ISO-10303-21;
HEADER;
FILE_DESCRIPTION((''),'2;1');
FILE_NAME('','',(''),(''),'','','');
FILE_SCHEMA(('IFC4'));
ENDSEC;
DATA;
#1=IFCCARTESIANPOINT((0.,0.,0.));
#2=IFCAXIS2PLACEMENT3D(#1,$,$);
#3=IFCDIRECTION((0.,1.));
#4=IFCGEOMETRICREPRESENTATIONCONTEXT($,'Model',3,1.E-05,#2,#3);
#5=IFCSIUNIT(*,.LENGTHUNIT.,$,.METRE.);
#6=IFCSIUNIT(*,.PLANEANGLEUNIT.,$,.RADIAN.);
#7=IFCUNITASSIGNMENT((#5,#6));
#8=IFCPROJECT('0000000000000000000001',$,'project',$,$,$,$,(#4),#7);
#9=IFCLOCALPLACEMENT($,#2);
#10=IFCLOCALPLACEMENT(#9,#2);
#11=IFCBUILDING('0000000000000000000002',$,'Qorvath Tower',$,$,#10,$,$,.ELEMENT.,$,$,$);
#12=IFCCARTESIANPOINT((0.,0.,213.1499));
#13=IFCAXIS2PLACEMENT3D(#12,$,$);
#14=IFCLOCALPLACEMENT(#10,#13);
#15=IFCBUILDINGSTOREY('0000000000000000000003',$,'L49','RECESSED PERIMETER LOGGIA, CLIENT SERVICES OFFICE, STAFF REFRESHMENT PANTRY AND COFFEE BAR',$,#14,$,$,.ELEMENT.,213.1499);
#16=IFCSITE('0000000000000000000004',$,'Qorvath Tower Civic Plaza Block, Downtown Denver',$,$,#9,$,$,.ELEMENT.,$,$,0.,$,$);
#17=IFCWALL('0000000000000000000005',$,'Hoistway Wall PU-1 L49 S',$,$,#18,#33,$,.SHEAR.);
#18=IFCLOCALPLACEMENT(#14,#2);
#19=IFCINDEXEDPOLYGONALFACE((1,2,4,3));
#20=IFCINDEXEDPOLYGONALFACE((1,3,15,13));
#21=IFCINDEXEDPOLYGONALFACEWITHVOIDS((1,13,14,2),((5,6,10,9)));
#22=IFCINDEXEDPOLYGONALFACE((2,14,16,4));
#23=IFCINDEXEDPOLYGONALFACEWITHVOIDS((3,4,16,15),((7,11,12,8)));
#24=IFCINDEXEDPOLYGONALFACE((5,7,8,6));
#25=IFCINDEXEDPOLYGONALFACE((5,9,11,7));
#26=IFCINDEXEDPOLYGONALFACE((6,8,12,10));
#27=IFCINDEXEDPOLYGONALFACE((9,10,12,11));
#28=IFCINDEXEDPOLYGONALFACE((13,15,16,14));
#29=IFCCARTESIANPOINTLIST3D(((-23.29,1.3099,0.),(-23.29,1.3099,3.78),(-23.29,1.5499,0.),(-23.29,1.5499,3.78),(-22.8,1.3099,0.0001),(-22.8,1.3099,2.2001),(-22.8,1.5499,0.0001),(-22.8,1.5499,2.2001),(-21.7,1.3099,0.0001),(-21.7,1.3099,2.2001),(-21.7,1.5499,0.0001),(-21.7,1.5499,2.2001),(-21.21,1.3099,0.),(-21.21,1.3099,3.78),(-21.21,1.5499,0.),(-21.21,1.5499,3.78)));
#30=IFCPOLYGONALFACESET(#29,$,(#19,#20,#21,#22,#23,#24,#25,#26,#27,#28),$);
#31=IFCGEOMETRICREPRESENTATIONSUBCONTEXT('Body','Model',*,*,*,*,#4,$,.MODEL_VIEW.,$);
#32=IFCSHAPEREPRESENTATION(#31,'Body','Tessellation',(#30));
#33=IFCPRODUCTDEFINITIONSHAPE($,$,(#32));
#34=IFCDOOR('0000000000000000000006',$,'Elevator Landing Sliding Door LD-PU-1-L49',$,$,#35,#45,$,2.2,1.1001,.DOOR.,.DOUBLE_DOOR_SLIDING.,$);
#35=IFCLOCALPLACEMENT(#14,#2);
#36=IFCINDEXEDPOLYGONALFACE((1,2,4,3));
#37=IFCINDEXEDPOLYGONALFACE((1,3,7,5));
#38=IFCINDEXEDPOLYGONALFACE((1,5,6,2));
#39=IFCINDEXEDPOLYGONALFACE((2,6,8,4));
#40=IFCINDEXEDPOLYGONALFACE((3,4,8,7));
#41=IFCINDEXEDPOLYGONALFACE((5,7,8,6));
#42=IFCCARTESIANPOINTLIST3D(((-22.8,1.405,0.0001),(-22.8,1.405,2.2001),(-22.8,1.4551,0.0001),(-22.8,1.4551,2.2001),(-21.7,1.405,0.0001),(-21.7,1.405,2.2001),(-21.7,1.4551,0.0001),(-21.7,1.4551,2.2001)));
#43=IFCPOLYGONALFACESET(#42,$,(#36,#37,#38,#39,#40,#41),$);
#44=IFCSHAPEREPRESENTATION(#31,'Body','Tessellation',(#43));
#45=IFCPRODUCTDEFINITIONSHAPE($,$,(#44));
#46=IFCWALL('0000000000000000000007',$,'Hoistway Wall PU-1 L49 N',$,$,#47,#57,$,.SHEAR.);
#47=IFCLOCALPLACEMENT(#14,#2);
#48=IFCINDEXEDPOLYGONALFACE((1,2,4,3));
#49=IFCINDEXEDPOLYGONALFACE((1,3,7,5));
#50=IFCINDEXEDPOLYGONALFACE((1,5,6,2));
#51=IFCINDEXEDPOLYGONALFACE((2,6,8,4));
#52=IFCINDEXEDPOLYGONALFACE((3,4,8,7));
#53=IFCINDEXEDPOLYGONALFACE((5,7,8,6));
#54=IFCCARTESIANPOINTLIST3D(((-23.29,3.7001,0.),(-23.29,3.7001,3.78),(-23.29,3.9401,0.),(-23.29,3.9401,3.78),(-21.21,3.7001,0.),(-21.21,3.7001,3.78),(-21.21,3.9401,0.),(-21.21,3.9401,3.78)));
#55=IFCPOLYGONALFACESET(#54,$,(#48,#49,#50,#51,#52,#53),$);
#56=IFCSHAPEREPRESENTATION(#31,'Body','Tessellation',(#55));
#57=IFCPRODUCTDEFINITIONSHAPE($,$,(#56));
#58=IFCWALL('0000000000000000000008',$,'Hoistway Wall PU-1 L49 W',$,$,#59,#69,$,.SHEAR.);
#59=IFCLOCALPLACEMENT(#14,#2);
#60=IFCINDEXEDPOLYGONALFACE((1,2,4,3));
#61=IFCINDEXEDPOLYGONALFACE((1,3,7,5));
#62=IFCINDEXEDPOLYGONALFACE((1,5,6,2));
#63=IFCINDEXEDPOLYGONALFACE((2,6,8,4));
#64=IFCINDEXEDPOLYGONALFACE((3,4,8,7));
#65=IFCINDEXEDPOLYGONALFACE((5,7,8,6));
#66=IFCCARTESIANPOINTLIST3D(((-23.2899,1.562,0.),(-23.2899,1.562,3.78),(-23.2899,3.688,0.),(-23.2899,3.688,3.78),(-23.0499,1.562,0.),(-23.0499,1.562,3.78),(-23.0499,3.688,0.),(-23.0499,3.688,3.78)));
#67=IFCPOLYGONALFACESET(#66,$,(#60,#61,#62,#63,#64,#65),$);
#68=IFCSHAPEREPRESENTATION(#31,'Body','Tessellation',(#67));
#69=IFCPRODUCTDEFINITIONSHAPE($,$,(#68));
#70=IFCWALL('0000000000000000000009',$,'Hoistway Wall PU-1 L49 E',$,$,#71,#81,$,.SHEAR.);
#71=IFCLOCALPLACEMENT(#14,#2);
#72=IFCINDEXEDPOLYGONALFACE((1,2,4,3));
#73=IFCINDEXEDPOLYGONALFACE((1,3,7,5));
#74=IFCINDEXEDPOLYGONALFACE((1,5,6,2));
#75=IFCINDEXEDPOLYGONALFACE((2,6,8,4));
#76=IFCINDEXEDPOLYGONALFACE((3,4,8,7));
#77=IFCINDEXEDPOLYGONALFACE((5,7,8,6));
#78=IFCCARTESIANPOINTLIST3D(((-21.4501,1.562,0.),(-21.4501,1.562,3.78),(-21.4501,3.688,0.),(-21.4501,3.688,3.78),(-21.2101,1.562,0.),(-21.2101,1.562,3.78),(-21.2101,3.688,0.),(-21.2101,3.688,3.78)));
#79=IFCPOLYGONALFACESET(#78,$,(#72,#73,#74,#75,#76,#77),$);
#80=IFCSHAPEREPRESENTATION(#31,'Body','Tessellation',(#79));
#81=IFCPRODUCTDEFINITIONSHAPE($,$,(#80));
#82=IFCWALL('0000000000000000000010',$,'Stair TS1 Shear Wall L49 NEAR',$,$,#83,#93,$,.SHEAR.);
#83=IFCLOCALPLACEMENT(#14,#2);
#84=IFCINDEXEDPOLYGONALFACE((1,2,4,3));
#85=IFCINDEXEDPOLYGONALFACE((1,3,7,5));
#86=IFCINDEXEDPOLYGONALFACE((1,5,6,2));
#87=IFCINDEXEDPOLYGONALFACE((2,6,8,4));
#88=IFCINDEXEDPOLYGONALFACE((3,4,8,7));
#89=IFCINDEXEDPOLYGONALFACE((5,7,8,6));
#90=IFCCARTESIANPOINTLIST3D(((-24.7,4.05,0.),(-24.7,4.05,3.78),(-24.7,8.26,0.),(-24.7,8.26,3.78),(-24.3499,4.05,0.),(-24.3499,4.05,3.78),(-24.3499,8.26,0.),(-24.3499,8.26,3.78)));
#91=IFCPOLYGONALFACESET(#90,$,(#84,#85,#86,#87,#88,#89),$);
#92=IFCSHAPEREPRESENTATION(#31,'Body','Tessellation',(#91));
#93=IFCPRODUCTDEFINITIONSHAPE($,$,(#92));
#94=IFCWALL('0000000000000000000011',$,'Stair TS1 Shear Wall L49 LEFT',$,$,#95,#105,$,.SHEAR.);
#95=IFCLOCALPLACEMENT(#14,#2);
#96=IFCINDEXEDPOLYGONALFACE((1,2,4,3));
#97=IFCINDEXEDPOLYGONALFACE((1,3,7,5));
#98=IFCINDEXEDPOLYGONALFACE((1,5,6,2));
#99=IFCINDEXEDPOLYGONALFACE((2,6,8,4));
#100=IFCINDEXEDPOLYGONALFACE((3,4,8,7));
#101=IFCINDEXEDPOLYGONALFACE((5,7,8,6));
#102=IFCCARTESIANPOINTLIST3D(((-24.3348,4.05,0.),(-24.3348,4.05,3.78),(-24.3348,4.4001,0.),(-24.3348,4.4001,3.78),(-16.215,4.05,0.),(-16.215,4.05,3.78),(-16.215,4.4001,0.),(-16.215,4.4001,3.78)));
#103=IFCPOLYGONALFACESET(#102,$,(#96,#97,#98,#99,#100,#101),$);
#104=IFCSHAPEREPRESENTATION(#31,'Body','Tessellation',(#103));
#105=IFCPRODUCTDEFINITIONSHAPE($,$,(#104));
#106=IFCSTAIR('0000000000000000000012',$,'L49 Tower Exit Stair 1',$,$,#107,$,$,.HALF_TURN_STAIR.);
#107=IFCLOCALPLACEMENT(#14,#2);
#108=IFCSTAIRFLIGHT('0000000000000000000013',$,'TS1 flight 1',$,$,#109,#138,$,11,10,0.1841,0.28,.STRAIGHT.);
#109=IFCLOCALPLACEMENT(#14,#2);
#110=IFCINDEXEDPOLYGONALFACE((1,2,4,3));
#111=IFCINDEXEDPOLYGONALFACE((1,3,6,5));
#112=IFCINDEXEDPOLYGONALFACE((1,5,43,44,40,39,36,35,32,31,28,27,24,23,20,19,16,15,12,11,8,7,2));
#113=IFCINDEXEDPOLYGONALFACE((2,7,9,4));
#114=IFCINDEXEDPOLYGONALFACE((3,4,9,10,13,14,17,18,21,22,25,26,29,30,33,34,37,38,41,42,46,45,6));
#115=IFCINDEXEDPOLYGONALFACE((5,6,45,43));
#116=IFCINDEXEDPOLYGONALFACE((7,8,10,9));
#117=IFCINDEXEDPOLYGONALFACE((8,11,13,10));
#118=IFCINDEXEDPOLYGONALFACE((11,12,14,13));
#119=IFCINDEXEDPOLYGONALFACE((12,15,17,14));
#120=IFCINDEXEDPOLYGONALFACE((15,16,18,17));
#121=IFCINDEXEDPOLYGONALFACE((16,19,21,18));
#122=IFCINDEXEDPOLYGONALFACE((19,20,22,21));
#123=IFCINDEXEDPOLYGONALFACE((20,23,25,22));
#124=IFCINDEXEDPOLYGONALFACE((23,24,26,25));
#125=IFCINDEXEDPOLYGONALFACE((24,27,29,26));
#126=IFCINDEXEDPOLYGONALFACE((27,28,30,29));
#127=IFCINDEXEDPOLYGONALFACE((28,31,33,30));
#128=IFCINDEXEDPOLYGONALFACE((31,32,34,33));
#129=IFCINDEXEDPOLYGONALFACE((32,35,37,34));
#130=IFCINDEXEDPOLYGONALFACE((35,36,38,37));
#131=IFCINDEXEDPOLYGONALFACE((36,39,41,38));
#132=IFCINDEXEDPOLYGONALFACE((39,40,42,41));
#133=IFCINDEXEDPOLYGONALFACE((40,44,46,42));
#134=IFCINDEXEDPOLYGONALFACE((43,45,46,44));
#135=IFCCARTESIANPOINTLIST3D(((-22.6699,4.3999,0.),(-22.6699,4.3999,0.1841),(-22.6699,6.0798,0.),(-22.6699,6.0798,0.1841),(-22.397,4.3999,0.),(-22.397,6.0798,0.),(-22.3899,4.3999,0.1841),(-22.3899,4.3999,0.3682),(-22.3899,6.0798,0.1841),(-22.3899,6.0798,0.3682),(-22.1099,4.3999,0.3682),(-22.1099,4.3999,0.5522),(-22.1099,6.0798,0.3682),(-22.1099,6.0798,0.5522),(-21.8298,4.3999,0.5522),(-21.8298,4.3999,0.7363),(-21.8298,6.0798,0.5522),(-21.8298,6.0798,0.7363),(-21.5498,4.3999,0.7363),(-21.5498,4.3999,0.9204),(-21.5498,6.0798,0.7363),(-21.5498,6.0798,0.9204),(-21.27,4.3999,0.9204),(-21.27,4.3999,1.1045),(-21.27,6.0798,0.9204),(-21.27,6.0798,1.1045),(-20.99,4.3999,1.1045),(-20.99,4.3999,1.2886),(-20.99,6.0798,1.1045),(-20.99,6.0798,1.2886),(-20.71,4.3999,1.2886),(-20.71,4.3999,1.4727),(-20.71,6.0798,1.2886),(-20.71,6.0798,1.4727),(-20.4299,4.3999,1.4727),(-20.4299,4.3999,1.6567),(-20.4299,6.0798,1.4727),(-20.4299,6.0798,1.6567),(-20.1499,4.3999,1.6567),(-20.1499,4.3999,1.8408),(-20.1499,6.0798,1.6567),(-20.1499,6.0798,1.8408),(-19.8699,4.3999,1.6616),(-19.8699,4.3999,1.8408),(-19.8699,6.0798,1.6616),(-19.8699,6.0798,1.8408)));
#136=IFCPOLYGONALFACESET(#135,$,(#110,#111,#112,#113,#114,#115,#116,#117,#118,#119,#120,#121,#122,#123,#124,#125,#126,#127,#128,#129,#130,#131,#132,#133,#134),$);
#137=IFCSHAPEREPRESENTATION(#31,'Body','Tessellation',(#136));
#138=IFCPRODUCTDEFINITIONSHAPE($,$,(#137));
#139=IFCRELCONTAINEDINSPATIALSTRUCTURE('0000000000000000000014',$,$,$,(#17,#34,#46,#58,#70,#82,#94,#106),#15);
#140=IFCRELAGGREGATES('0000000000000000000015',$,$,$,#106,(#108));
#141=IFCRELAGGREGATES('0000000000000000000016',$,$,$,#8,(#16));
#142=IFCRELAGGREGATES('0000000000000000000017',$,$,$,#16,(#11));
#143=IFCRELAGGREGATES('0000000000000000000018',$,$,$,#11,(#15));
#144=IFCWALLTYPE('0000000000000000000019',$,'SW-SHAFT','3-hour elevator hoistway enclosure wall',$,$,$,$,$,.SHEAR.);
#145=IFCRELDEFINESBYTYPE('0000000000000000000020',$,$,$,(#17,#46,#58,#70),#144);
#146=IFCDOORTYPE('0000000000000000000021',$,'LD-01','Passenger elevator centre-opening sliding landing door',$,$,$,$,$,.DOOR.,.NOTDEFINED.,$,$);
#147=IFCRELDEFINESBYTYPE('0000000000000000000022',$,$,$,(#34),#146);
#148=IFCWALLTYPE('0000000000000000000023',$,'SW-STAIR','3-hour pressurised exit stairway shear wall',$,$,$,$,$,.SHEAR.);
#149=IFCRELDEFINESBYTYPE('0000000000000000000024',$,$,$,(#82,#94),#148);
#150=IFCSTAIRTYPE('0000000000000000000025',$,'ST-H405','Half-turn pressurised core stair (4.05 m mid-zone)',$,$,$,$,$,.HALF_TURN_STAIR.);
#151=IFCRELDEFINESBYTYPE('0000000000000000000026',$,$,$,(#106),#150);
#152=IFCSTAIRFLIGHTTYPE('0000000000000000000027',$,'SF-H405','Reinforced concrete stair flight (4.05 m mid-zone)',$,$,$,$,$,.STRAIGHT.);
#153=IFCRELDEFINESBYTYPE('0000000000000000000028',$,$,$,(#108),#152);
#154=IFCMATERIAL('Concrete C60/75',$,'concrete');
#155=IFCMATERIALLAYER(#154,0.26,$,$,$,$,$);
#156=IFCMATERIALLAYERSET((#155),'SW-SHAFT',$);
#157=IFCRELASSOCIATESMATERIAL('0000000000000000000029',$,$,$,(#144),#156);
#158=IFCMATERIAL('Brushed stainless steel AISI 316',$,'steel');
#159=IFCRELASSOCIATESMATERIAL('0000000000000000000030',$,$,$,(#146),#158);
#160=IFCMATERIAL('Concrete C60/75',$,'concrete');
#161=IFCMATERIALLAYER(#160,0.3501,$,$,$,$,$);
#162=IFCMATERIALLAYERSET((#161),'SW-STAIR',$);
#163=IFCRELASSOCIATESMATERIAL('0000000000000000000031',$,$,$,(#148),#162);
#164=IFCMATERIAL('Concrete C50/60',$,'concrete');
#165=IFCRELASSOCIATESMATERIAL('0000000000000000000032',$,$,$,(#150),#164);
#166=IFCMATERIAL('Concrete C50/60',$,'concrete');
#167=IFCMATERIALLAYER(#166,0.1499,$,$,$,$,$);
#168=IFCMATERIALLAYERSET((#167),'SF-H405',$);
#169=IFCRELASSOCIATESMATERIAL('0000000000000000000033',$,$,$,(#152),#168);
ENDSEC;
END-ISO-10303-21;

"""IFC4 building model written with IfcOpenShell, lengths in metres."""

from ifc_helpers import new_model, si_unit, direction, frame, frame_2d, origin, place, context, subcontext, project, spatial, polyline, rectangle, outline, extrude, material, layer, layer_set, type_object, element, fill, aggregate, save


model = new_model("IFC4")

# Units and contexts
model_context = context("Model", 3, precision=1e-05, world=origin(), true_north=direction((0.0, 1.0)))
body_context = subcontext(model_context, "Body", "Model", "MODEL_VIEW")
ifc_project = project(units=[si_unit("LENGTHUNIT", "METRE"), si_unit("PLANEANGLEUNIT", "RADIAN")], contexts=[model_context])

# Site, building, storey
site_placement = place(None, origin())
site = spatial("IfcSite", under=ifc_project, at=site_placement, Name="Qorvath Tower Civic Plaza Block, Downtown Denver", CompositionType="ELEMENT", RefElevation=0.0)
building_placement = place(site_placement, origin())
building = spatial("IfcBuilding", under=site, at=building_placement, Name="Qorvath Tower", CompositionType="ELEMENT")
storey_placement = place(building_placement, frame((0.0, 0.0, 213.1499)))
storey = spatial("IfcBuildingStorey", under=building, at=storey_placement, Name="L49", Description="RECESSED PERIMETER LOGGIA, CLIENT SERVICES OFFICE, STAFF REFRESHMENT PANTRY AND COFFEE BAR", CompositionType="ELEMENT", Elevation=213.1499)

# Shared definitions
ifc_material_1 = material(Name="Concrete C60/75", Category="concrete")
ifc_layer_1 = layer(ifc_material_1, 0.26)
ifc_layer_set_1 = layer_set([ifc_layer_1], Name="SW-SHAFT")
wall_type_1 = type_object("IfcWallType", Name="SW-SHAFT", Description="3-hour elevator hoistway enclosure wall", PredefinedType="SHEAR", material=ifc_layer_set_1)

# Wall, opening, door
wall_1_placement = place(storey_placement, frame((-21.21, 1.4299, 0.0), z_axis=(0.0, 0.0, 1.0), x_axis=(-1.0, 0.0, 0.0)))
wall_1 = element("IfcWall", 1, at=wall_1_placement, inside=storey, type_object=wall_type_1, Name="Hoistway Wall PU-1 L49 S", PredefinedType="SHEAR", context=body_context, shape_type="SweptSolid", body=[
    extrude(rectangle(XDim=2.0801, YDim=0.24, at=frame_2d((1.04, 0.0))), origin(), (0.0, 0.0, 1.0), 3.78),
])
opening_1_placement = place(wall_1_placement, frame((0.49, 0.0, 0.0)))
opening_1 = element("IfcOpeningElement", 2, at=opening_1_placement, cuts=wall_1, PredefinedType="OPENING", context=body_context, shape_type="SweptSolid", body=[
    extrude(rectangle(XDim=1.1001, YDim=2.2, at=frame_2d((0.55, 1.1001))), frame((0.0, 0.1299, 0.0), z_axis=(0.0, -1.0, 0.0), x_axis=(1.0, 0.0, 0.0)), (0.0, 0.0, 1.0), 0.26),
])
ifc_material_2 = material(Name="Brushed stainless steel AISI 316", Category="steel")
door_type_1 = type_object("IfcDoorType", Name="LD-01", Description="Passenger elevator centre-opening sliding landing door", OperationType="NOTDEFINED", PredefinedType="DOOR", material=ifc_material_2)
door_1_placement = place(opening_1_placement, origin())
door_1 = element("IfcDoor", 3, at=door_1_placement, inside=storey, type_object=door_type_1, Name="Elevator Landing Sliding Door LD-PU-1-L49", OperationType="DOUBLE_DOOR_SLIDING", OverallHeight=2.2, OverallWidth=1.1001, PredefinedType="DOOR", context=body_context, shape_type="SweptSolid", body=[
    extrude(rectangle(XDim=1.1001, YDim=2.2, at=frame_2d((0.55, 1.1001))), frame((0.0, 0.0249, 0.0), z_axis=(0.0, -1.0, 0.0), x_axis=(1.0, 0.0, 0.0)), (0.0, 0.0, 1.0), 0.05),
])
fill(opening_1, door_1)

# Walls
wall_2_placement = place(storey_placement, frame((-23.29, 3.8201, 0.0), z_axis=(0.0, 0.0, 1.0), x_axis=(1.0, 0.0, 0.0)))
element("IfcWall", 4, at=wall_2_placement, inside=storey, type_object=wall_type_1, Name="Hoistway Wall PU-1 L49 N", PredefinedType="SHEAR", context=body_context, shape_type="SweptSolid", body=[
    extrude(rectangle(XDim=2.0801, YDim=0.24, at=frame_2d((1.04, 0.0))), origin(), (0.0, 0.0, 1.0), 3.78),
])
for number, where, z_axis, x_axis, name in (
    (5, (-23.1699, 1.562, 0.0), (0.0, 0.0, 1.0), (0.0, 1.0, 0.0), "Hoistway Wall PU-1 L49 W"),
    (6, (-21.3301, 3.688, 0.0), (0.0, 0.0, 1.0), (0.0, -1.0, 0.0), "Hoistway Wall PU-1 L49 E"),
):
    element("IfcWall", number, at=place(storey_placement, frame(where, z_axis=z_axis, x_axis=x_axis)), inside=storey, type_object=wall_type_1, Name=name, PredefinedType="SHEAR", context=body_context, shape_type="SweptSolid", body=[
        extrude(rectangle(XDim=2.126, YDim=0.24, at=frame_2d((1.063, 0.0))), origin(), (0.0, 0.0, 1.0), 3.78),
    ])
ifc_material_3 = material(Name="Concrete C60/75", Category="concrete")
ifc_layer_2 = layer(ifc_material_3, 0.3501)
ifc_layer_set_2 = layer_set([ifc_layer_2], Name="SW-STAIR")
wall_type_2 = type_object("IfcWallType", Name="SW-STAIR", Description="3-hour pressurised exit stairway shear wall", PredefinedType="SHEAR", material=ifc_layer_set_2)
wall_3_placement = place(storey_placement, frame((-24.5249, 8.26, 0.0), z_axis=(0.0, 0.0, 1.0), x_axis=(0.0, -1.0, 0.0)))
element("IfcWall", 7, at=wall_3_placement, inside=storey, type_object=wall_type_2, Name="Stair TS1 Shear Wall L49 NEAR", PredefinedType="SHEAR", context=body_context, shape_type="SweptSolid", body=[
    extrude(rectangle(XDim=4.21, YDim=0.3501, at=frame_2d((2.105, 0.0))), origin(), (0.0, 0.0, 1.0), 3.78),
])
wall_4_placement = place(storey_placement, frame((-24.335, 4.2251, 0.0), z_axis=(0.0, 0.0, 1.0), x_axis=(1.0, 0.0, 0.0)))
element("IfcWall", 8, at=wall_4_placement, inside=storey, type_object=wall_type_2, Name="Stair TS1 Shear Wall L49 LEFT", PredefinedType="SHEAR", context=body_context, shape_type="SweptSolid", body=[
    extrude(rectangle(XDim=8.1199, YDim=0.3501, at=frame_2d((4.0601, 0.0))), origin(), (0.0, 0.0, 1.0), 3.78),
])

# Stair, stair flight
ifc_material_4 = material(Name="Concrete C50/60", Category="concrete")
stair_type = type_object("IfcStairType", Name="ST-H405", Description="Half-turn pressurised core stair (4.05 m mid-zone)", PredefinedType="HALF_TURN_STAIR", material=ifc_material_4)
stair_placement = place(storey_placement, origin())
stair = element("IfcStair", 9, at=stair_placement, inside=storey, type_object=stair_type, Name="L49 Tower Exit Stair 1", PredefinedType="HALF_TURN_STAIR")
ifc_material_5 = material(Name="Concrete C50/60", Category="concrete")
ifc_layer_3 = layer(ifc_material_5, 0.1499)
ifc_layer_set_3 = layer_set([ifc_layer_3], Name="SF-H405")
stair_flight_type = type_object("IfcStairFlightType", Name="SF-H405", Description="Reinforced concrete stair flight (4.05 m mid-zone)", PredefinedType="STRAIGHT", material=ifc_layer_set_3)
stair_flight_placement = place(storey_placement, frame((-22.6699, 5.24, 0.0), z_axis=(0.0, 0.0, 1.0), x_axis=(1.0, 0.0, 0.0)))
stair_flight = element("IfcStairFlight", 10, at=stair_flight_placement, type_object=stair_flight_type, Name="TS1 flight 1", NumberOfRisers=11, NumberOfTreads=10, PredefinedType="STRAIGHT", RiserHeight=0.1841, TreadLength=0.28, context=body_context, shape_type="SweptSolid", body=[
    extrude(outline(polyline([(0.0, 0.0), (0.0, 0.1841), (0.28, 0.1841), (0.28, 0.3682), (0.5601, 0.3682), (0.5601, 0.5522), (0.8401, 0.5522), (0.8401, 0.7363), (1.1201, 0.7363), (1.1201, 0.9204), (1.3999, 0.9204), (1.3999, 1.1045), (1.6799, 1.1045), (1.6799, 1.2886), (1.96, 1.2886), (1.96, 1.4727), (2.24, 1.4727), (2.24, 1.6567), (2.52, 1.6567), (2.52, 1.8408), (2.8, 1.8408), (2.8, 2.0249), (2.8, 1.6616), (0.2729, 0.0), (0.0, 0.0)])), frame((0.0, 0.8398, 0.0), z_axis=(0.0, -1.0, 0.0), x_axis=(1.0, 0.0, 0.0)), (0.0, 0.0, 1.0), 1.6799),
])
aggregate(stair, [stair_flight])

save(model, "model.ifc")
